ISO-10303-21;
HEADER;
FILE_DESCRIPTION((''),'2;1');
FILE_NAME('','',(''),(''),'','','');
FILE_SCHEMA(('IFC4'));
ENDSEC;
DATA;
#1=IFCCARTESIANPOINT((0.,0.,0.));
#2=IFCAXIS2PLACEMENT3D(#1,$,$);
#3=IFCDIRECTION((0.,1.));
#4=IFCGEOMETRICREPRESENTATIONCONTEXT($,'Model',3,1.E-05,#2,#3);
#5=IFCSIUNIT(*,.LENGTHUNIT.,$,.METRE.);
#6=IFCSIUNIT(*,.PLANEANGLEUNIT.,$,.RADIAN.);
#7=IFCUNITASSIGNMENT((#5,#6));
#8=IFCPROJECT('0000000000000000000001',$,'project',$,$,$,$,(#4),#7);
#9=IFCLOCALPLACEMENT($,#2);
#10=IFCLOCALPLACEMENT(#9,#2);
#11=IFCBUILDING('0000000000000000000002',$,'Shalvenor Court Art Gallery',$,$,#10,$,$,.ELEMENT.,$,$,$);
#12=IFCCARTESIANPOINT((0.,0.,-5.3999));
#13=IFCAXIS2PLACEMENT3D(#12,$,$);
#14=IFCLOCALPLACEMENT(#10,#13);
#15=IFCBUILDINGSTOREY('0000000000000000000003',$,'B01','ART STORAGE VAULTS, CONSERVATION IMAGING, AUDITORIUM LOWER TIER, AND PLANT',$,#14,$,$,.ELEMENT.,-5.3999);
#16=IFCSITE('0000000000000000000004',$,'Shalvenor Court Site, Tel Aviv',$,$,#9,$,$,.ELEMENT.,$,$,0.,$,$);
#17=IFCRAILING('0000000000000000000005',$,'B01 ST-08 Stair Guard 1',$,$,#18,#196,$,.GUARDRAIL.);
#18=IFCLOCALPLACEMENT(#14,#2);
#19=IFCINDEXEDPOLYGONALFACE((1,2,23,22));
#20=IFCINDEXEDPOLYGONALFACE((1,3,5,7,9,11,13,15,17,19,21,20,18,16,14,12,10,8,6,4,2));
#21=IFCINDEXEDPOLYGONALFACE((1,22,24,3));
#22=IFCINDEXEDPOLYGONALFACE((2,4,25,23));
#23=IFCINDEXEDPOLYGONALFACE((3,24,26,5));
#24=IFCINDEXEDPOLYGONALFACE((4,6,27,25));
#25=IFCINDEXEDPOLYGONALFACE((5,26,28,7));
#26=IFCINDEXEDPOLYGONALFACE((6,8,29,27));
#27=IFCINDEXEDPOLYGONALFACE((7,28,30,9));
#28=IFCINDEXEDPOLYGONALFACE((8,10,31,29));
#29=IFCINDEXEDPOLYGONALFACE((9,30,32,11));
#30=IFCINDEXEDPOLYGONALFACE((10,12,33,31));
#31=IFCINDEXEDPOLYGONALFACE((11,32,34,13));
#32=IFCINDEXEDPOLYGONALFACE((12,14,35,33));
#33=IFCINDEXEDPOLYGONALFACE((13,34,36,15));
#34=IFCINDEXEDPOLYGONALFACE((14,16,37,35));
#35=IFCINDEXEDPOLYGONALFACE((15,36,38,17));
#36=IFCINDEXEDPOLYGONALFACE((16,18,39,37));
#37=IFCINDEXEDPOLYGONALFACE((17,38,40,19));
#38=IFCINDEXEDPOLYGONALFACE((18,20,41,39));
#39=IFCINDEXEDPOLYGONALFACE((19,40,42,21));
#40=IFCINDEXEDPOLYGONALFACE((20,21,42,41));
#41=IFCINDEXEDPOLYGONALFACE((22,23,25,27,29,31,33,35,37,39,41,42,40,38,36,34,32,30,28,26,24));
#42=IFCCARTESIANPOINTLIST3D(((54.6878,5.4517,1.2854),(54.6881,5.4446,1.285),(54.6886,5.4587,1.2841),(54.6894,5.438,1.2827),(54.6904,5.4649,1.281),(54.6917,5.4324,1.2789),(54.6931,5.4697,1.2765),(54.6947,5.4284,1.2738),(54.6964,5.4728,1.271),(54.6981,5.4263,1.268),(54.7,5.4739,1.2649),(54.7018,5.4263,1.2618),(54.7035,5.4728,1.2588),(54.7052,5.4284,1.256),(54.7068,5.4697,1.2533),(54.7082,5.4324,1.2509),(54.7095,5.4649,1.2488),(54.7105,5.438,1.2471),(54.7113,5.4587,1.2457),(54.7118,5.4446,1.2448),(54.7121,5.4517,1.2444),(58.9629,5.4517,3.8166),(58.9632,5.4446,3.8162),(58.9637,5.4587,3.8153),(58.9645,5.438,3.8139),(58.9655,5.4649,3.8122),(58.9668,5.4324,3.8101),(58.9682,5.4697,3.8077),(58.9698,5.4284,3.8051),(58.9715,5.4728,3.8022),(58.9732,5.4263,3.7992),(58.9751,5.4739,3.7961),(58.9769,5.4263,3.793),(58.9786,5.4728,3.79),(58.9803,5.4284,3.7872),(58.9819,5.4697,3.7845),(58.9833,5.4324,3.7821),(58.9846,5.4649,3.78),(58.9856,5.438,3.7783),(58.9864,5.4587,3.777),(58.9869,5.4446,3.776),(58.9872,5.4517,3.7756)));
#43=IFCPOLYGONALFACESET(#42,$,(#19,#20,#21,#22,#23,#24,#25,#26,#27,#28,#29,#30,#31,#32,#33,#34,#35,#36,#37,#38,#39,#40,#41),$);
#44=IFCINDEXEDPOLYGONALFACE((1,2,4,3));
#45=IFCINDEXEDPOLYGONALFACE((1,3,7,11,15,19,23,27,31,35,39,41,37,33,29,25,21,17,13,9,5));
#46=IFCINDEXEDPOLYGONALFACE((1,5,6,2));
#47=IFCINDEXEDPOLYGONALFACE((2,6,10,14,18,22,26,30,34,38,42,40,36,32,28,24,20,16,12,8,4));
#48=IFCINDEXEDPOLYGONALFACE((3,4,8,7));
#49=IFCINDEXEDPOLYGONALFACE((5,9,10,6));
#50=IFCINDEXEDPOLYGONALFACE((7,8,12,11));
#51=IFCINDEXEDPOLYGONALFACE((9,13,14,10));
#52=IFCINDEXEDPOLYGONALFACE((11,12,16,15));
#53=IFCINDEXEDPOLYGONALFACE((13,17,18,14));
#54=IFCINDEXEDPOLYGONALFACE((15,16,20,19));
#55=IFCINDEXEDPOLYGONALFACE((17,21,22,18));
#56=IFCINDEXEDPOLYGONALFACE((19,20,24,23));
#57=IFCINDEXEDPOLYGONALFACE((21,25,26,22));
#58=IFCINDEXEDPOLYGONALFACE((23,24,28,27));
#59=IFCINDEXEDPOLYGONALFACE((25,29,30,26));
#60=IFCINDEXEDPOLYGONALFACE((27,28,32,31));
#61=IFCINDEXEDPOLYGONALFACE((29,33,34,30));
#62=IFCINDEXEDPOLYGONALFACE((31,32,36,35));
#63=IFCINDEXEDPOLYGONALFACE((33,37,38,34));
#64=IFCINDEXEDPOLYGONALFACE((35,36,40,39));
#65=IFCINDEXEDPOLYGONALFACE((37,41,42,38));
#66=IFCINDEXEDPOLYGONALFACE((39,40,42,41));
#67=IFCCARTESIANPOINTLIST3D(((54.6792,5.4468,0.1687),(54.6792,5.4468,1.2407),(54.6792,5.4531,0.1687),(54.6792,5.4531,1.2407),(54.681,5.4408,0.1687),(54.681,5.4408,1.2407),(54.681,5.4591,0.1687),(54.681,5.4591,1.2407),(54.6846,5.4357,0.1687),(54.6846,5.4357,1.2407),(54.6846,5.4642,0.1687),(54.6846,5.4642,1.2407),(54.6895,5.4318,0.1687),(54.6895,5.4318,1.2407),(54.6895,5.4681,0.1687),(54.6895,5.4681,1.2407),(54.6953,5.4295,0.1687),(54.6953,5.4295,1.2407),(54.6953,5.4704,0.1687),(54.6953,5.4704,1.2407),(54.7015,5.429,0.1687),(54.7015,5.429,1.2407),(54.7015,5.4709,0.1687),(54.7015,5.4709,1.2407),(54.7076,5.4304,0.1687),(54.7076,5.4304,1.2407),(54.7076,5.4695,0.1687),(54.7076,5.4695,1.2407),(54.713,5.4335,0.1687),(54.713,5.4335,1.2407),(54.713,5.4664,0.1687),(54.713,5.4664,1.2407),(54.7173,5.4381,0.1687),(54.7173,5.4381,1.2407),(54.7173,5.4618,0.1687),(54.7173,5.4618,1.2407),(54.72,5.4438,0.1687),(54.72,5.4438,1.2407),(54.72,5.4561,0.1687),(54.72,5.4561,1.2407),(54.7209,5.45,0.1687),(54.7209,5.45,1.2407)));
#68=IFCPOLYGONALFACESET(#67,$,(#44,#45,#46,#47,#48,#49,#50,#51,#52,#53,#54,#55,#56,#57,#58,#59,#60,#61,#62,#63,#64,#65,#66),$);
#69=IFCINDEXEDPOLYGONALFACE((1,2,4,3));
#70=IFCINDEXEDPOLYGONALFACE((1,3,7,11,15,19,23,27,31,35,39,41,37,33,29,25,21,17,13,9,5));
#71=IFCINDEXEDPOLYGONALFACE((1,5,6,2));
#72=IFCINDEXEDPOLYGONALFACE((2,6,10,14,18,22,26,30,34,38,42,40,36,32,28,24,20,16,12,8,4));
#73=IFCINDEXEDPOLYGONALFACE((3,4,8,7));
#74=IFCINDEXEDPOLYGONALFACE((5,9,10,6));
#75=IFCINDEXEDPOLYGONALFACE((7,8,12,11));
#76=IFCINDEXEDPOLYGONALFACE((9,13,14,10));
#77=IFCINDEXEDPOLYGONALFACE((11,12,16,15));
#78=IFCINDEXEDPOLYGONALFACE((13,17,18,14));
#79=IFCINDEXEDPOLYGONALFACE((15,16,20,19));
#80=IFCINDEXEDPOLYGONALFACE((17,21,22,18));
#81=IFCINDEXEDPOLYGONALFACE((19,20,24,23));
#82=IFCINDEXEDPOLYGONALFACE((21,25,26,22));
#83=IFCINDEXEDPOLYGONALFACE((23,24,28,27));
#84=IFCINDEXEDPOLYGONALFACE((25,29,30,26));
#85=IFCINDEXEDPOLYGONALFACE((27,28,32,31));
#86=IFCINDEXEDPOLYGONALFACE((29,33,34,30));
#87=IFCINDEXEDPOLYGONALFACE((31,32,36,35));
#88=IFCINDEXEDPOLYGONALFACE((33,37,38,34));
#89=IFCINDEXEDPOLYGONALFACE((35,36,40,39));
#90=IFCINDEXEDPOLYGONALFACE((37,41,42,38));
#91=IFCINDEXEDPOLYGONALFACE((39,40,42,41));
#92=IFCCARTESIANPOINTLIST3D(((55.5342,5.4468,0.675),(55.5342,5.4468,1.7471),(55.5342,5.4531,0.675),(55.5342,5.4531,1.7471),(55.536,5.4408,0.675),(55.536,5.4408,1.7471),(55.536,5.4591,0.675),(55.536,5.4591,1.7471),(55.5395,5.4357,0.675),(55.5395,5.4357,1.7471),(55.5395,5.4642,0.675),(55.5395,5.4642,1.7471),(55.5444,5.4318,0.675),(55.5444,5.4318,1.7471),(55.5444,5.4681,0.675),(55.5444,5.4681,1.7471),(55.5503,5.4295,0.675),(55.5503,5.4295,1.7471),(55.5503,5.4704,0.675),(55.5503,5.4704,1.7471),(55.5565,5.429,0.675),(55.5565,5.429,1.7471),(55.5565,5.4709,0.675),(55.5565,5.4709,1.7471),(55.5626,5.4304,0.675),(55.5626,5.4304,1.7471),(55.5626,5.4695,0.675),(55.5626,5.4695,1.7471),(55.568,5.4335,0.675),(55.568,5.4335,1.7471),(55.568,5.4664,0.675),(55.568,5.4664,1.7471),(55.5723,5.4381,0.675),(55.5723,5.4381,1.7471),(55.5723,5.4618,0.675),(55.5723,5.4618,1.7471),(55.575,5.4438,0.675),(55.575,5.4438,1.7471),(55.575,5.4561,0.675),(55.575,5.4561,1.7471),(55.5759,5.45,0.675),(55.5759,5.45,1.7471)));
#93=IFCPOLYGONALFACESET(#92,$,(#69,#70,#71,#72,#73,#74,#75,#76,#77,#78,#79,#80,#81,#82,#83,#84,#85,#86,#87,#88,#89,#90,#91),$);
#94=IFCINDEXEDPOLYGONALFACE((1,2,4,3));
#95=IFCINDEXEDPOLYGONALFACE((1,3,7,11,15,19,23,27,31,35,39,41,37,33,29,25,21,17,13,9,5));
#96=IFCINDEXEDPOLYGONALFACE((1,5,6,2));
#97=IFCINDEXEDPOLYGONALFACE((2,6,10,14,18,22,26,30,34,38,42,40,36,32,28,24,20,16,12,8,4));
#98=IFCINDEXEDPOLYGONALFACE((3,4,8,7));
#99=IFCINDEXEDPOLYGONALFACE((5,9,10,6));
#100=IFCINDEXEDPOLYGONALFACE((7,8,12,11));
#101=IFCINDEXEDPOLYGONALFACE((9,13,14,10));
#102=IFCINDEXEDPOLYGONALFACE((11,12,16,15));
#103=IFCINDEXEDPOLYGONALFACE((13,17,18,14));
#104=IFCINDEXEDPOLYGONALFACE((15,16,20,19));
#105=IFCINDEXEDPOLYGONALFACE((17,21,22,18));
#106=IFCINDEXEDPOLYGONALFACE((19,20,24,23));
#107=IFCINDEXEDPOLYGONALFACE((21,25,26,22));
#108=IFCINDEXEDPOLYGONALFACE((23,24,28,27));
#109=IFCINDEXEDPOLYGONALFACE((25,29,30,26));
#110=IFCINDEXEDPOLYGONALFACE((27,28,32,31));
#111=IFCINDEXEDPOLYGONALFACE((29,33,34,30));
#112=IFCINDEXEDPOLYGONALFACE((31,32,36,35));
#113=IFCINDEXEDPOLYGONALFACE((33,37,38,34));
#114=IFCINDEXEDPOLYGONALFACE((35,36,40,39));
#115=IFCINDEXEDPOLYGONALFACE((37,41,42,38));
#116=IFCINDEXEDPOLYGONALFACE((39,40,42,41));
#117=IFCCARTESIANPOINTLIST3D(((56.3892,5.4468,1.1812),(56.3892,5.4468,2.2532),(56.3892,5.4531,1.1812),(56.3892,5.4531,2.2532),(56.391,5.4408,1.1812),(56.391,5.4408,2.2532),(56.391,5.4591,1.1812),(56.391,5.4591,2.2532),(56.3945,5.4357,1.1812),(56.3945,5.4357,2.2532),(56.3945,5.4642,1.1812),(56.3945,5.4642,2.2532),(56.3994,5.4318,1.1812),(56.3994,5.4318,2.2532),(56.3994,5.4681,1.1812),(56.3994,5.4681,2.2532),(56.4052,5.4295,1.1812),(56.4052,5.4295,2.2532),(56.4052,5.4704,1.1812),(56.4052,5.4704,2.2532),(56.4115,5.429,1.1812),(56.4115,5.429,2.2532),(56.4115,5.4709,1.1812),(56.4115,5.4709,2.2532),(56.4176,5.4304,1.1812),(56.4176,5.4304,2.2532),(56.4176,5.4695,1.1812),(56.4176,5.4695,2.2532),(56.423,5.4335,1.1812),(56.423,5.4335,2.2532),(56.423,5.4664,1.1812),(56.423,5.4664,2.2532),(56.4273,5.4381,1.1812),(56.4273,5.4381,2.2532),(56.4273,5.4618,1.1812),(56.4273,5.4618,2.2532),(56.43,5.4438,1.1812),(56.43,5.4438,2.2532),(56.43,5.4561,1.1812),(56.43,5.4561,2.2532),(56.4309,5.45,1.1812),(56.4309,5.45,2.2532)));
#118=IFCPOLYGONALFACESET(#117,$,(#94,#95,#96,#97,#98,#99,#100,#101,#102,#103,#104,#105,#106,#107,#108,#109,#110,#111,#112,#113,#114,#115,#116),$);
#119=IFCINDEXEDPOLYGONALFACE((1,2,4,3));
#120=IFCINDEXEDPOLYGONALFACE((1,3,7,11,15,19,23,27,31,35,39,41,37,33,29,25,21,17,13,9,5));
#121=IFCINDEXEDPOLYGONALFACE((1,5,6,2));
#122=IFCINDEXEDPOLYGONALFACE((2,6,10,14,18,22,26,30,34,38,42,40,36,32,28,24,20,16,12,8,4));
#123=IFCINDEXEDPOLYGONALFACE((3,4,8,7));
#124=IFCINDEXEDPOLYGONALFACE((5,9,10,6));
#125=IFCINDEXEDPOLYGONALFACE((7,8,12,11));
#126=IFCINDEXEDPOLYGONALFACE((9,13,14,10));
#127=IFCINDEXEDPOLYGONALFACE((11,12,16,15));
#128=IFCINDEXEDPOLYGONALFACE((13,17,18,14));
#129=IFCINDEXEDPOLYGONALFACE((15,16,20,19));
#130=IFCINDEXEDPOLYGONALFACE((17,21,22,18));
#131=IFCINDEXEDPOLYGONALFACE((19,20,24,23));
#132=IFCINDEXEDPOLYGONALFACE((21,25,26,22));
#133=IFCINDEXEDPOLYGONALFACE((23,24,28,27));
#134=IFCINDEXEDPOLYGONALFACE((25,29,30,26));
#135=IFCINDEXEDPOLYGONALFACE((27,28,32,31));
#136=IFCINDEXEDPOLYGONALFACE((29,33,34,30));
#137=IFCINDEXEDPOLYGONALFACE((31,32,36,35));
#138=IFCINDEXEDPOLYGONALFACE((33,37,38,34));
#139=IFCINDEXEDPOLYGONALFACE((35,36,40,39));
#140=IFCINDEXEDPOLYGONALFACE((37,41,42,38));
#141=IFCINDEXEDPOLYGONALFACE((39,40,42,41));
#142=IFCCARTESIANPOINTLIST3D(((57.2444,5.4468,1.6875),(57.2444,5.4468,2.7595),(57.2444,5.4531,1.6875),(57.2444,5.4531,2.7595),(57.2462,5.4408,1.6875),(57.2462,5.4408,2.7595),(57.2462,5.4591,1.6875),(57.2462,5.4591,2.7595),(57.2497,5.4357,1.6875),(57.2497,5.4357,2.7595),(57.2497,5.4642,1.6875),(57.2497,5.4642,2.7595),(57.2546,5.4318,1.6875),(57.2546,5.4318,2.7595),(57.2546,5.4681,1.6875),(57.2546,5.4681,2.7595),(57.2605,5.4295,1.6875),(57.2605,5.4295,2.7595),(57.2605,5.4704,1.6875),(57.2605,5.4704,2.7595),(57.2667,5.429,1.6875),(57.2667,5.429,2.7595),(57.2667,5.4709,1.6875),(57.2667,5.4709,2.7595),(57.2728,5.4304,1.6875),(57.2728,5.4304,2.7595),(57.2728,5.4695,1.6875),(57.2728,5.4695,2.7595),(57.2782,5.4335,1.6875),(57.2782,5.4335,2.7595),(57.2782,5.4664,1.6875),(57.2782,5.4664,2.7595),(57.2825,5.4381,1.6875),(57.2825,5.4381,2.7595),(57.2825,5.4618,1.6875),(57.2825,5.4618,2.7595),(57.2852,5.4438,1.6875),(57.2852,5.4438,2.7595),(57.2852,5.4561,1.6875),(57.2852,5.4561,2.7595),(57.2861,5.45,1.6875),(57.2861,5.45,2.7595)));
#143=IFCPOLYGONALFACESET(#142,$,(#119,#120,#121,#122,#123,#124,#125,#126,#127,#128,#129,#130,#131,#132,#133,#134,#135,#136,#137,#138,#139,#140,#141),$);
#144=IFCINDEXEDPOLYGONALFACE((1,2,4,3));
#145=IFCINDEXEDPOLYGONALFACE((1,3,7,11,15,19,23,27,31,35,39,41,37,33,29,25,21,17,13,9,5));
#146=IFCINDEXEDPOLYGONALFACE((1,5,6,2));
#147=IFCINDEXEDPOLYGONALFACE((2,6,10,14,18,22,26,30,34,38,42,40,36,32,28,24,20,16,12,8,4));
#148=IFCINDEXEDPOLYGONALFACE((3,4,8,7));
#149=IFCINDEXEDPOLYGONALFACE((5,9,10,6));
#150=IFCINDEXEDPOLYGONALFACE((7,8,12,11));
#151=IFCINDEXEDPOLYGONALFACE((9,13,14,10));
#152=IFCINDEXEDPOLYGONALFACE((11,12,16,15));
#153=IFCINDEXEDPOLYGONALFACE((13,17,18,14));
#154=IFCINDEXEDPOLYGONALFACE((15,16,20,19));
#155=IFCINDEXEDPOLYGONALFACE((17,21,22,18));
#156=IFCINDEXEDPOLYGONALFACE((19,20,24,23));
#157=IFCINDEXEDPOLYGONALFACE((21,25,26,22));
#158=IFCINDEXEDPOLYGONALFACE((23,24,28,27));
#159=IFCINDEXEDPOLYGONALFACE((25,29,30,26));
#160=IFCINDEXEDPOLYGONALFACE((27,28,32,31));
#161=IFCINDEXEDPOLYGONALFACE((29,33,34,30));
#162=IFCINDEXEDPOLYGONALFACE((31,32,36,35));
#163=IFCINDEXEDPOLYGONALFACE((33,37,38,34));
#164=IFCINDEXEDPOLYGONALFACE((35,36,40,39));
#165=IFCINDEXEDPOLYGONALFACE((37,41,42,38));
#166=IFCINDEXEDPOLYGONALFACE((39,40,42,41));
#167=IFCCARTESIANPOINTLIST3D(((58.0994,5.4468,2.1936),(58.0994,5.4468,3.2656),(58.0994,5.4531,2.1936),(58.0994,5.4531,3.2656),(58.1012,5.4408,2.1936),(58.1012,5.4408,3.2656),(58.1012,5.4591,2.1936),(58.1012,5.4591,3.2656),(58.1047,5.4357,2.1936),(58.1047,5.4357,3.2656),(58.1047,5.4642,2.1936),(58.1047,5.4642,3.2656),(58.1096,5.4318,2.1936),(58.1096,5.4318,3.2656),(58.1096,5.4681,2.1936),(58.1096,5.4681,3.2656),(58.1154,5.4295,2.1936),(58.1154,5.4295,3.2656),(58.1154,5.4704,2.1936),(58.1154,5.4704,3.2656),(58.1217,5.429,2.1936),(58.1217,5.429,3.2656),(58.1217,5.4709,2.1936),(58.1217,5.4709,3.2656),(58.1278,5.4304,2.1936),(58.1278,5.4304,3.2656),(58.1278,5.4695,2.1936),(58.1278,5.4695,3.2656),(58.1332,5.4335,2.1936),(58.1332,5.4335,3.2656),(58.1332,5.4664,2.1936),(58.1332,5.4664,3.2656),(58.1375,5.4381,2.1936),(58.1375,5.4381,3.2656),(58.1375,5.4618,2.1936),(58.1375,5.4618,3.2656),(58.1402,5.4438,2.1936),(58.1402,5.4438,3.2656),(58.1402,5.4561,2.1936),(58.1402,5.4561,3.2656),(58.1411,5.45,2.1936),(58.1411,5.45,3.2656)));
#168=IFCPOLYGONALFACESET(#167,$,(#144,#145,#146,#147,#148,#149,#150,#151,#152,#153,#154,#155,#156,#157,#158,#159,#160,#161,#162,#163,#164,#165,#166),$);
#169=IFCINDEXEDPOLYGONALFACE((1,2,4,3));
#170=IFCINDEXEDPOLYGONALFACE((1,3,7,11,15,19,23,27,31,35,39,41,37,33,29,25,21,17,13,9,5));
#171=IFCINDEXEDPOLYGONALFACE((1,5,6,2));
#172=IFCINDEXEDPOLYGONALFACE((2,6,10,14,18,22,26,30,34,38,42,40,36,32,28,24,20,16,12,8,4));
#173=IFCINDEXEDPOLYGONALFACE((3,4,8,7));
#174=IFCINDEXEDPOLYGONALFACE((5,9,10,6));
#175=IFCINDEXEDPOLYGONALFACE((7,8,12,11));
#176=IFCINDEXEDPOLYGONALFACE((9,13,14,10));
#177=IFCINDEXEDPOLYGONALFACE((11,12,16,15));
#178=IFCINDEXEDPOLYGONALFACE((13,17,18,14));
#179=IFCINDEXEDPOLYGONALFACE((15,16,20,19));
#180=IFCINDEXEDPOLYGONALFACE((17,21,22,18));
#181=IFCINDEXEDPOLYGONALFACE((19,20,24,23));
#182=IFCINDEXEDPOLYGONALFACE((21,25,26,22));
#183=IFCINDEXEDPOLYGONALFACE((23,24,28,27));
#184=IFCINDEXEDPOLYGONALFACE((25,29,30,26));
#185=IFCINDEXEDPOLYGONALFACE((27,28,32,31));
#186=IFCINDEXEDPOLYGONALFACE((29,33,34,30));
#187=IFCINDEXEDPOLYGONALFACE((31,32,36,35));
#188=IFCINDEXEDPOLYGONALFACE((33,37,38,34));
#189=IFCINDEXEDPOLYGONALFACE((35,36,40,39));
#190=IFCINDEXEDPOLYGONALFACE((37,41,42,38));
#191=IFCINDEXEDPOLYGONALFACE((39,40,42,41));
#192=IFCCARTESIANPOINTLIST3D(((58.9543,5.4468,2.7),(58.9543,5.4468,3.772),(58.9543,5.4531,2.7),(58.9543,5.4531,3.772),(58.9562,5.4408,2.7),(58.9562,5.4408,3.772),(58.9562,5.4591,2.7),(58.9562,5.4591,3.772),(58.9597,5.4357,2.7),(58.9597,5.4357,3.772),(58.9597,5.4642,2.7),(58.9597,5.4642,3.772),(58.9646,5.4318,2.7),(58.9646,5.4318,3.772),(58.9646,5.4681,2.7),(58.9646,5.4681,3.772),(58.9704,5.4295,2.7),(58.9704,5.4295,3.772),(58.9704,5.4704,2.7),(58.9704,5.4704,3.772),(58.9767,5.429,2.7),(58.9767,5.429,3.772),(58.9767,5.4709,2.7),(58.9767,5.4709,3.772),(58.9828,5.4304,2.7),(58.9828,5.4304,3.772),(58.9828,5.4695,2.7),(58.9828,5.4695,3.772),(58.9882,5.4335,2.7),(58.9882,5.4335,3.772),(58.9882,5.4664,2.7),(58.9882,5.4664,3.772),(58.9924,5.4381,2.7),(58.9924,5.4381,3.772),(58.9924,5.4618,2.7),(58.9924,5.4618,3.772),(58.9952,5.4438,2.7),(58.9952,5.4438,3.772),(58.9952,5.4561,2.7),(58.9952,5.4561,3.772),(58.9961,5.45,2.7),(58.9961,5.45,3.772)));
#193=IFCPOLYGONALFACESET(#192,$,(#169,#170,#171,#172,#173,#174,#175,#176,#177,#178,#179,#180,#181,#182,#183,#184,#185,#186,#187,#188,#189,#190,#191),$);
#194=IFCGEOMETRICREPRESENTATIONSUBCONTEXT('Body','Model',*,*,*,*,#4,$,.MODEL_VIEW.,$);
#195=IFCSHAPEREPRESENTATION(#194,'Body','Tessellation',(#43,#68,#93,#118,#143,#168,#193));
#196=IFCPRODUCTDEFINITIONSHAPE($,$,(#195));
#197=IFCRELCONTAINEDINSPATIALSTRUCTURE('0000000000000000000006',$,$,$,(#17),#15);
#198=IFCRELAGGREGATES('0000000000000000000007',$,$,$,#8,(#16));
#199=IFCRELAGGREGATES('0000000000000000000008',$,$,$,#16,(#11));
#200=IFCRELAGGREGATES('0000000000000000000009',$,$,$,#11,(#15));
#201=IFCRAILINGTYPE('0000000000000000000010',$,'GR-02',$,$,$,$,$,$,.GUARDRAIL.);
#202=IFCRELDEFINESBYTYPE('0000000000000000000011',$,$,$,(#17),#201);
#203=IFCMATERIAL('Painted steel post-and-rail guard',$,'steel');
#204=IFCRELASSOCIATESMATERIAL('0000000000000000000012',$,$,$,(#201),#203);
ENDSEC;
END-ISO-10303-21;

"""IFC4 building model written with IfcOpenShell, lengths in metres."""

from ifc_helpers import new_model, si_unit, direction, frame, origin, origin_2d, place, context, subcontext, project, spatial, circle, extrude, material, type_object, element, save


model = new_model("IFC4")

# Units and contexts
model_context = context("Model", 3, precision=1e-05, world=origin(), true_north=direction((0.0, 1.0)))
body_context = subcontext(model_context, "Body", "Model", "MODEL_VIEW")
ifc_project = project(units=[si_unit("LENGTHUNIT", "METRE"), si_unit("PLANEANGLEUNIT", "RADIAN")], contexts=[model_context])

# Site, building, storey
site_placement = place(None, origin())
site = spatial("IfcSite", under=ifc_project, at=site_placement, Name="Shalvenor Court Site, Tel Aviv", CompositionType="ELEMENT", RefElevation=0.0)
building_placement = place(site_placement, origin())
building = spatial("IfcBuilding", under=site, at=building_placement, Name="Shalvenor Court Art Gallery", CompositionType="ELEMENT")
storey_placement = place(building_placement, frame((0.0, 0.0, -5.3999)))
storey = spatial("IfcBuildingStorey", under=building, at=storey_placement, Name="B01", Description="ART STORAGE VAULTS, CONSERVATION IMAGING, AUDITORIUM LOWER TIER, AND PLANT", CompositionType="ELEMENT", Elevation=-5.3999)

# Railing
ifc_material_1 = material(Name="Painted steel post-and-rail guard", Category="steel")
railing_type_1 = type_object("IfcRailingType", Name="GR-02", PredefinedType="GUARDRAIL", material=ifc_material_1)
railing_1_placement = place(storey_placement, frame((54.7, 5.45, 0.1687)))
element("IfcRailing", 1, at=railing_1_placement, inside=storey, type_object=railing_type_1, Name="B01 ST-08 Stair Guard 1", PredefinedType="GUARDRAIL", context=body_context, shape_type="SweptSolid", body=[
    extrude(circle(Radius=0.0239, at=origin_2d()), frame((0.0, 0.0, 1.0962), z_axis=(0.860483, 0.0, 0.509479), x_axis=(0.0, 1.0, 0.0)), (0.0, 0.0, 1.0), 4.9683),
    extrude(circle(Radius=0.021, at=origin_2d()), origin(), (0.0, 0.0, 1.0), 1.072),
    extrude(circle(Radius=0.021, at=origin_2d()), frame((0.855, 0.0, 0.5063)), (0.0, 0.0, 1.0), 1.072),
    extrude(circle(Radius=0.021, at=origin_2d()), frame((1.71, 0.0, 1.0125)), (0.0, 0.0, 1.0), 1.072),
    extrude(circle(Radius=0.021, at=origin_2d()), frame((2.5652, 0.0, 1.5188)), (0.0, 0.0, 1.0), 1.072),
    extrude(circle(Radius=0.021, at=origin_2d()), frame((3.4202, 0.0, 2.0249)), (0.0, 0.0, 1.0), 1.072),
    extrude(circle(Radius=0.021, at=origin_2d()), frame((4.2751, 0.0, 2.5312)), (0.0, 0.0, 1.0), 1.072),
])

save(model, "model.ifc")
